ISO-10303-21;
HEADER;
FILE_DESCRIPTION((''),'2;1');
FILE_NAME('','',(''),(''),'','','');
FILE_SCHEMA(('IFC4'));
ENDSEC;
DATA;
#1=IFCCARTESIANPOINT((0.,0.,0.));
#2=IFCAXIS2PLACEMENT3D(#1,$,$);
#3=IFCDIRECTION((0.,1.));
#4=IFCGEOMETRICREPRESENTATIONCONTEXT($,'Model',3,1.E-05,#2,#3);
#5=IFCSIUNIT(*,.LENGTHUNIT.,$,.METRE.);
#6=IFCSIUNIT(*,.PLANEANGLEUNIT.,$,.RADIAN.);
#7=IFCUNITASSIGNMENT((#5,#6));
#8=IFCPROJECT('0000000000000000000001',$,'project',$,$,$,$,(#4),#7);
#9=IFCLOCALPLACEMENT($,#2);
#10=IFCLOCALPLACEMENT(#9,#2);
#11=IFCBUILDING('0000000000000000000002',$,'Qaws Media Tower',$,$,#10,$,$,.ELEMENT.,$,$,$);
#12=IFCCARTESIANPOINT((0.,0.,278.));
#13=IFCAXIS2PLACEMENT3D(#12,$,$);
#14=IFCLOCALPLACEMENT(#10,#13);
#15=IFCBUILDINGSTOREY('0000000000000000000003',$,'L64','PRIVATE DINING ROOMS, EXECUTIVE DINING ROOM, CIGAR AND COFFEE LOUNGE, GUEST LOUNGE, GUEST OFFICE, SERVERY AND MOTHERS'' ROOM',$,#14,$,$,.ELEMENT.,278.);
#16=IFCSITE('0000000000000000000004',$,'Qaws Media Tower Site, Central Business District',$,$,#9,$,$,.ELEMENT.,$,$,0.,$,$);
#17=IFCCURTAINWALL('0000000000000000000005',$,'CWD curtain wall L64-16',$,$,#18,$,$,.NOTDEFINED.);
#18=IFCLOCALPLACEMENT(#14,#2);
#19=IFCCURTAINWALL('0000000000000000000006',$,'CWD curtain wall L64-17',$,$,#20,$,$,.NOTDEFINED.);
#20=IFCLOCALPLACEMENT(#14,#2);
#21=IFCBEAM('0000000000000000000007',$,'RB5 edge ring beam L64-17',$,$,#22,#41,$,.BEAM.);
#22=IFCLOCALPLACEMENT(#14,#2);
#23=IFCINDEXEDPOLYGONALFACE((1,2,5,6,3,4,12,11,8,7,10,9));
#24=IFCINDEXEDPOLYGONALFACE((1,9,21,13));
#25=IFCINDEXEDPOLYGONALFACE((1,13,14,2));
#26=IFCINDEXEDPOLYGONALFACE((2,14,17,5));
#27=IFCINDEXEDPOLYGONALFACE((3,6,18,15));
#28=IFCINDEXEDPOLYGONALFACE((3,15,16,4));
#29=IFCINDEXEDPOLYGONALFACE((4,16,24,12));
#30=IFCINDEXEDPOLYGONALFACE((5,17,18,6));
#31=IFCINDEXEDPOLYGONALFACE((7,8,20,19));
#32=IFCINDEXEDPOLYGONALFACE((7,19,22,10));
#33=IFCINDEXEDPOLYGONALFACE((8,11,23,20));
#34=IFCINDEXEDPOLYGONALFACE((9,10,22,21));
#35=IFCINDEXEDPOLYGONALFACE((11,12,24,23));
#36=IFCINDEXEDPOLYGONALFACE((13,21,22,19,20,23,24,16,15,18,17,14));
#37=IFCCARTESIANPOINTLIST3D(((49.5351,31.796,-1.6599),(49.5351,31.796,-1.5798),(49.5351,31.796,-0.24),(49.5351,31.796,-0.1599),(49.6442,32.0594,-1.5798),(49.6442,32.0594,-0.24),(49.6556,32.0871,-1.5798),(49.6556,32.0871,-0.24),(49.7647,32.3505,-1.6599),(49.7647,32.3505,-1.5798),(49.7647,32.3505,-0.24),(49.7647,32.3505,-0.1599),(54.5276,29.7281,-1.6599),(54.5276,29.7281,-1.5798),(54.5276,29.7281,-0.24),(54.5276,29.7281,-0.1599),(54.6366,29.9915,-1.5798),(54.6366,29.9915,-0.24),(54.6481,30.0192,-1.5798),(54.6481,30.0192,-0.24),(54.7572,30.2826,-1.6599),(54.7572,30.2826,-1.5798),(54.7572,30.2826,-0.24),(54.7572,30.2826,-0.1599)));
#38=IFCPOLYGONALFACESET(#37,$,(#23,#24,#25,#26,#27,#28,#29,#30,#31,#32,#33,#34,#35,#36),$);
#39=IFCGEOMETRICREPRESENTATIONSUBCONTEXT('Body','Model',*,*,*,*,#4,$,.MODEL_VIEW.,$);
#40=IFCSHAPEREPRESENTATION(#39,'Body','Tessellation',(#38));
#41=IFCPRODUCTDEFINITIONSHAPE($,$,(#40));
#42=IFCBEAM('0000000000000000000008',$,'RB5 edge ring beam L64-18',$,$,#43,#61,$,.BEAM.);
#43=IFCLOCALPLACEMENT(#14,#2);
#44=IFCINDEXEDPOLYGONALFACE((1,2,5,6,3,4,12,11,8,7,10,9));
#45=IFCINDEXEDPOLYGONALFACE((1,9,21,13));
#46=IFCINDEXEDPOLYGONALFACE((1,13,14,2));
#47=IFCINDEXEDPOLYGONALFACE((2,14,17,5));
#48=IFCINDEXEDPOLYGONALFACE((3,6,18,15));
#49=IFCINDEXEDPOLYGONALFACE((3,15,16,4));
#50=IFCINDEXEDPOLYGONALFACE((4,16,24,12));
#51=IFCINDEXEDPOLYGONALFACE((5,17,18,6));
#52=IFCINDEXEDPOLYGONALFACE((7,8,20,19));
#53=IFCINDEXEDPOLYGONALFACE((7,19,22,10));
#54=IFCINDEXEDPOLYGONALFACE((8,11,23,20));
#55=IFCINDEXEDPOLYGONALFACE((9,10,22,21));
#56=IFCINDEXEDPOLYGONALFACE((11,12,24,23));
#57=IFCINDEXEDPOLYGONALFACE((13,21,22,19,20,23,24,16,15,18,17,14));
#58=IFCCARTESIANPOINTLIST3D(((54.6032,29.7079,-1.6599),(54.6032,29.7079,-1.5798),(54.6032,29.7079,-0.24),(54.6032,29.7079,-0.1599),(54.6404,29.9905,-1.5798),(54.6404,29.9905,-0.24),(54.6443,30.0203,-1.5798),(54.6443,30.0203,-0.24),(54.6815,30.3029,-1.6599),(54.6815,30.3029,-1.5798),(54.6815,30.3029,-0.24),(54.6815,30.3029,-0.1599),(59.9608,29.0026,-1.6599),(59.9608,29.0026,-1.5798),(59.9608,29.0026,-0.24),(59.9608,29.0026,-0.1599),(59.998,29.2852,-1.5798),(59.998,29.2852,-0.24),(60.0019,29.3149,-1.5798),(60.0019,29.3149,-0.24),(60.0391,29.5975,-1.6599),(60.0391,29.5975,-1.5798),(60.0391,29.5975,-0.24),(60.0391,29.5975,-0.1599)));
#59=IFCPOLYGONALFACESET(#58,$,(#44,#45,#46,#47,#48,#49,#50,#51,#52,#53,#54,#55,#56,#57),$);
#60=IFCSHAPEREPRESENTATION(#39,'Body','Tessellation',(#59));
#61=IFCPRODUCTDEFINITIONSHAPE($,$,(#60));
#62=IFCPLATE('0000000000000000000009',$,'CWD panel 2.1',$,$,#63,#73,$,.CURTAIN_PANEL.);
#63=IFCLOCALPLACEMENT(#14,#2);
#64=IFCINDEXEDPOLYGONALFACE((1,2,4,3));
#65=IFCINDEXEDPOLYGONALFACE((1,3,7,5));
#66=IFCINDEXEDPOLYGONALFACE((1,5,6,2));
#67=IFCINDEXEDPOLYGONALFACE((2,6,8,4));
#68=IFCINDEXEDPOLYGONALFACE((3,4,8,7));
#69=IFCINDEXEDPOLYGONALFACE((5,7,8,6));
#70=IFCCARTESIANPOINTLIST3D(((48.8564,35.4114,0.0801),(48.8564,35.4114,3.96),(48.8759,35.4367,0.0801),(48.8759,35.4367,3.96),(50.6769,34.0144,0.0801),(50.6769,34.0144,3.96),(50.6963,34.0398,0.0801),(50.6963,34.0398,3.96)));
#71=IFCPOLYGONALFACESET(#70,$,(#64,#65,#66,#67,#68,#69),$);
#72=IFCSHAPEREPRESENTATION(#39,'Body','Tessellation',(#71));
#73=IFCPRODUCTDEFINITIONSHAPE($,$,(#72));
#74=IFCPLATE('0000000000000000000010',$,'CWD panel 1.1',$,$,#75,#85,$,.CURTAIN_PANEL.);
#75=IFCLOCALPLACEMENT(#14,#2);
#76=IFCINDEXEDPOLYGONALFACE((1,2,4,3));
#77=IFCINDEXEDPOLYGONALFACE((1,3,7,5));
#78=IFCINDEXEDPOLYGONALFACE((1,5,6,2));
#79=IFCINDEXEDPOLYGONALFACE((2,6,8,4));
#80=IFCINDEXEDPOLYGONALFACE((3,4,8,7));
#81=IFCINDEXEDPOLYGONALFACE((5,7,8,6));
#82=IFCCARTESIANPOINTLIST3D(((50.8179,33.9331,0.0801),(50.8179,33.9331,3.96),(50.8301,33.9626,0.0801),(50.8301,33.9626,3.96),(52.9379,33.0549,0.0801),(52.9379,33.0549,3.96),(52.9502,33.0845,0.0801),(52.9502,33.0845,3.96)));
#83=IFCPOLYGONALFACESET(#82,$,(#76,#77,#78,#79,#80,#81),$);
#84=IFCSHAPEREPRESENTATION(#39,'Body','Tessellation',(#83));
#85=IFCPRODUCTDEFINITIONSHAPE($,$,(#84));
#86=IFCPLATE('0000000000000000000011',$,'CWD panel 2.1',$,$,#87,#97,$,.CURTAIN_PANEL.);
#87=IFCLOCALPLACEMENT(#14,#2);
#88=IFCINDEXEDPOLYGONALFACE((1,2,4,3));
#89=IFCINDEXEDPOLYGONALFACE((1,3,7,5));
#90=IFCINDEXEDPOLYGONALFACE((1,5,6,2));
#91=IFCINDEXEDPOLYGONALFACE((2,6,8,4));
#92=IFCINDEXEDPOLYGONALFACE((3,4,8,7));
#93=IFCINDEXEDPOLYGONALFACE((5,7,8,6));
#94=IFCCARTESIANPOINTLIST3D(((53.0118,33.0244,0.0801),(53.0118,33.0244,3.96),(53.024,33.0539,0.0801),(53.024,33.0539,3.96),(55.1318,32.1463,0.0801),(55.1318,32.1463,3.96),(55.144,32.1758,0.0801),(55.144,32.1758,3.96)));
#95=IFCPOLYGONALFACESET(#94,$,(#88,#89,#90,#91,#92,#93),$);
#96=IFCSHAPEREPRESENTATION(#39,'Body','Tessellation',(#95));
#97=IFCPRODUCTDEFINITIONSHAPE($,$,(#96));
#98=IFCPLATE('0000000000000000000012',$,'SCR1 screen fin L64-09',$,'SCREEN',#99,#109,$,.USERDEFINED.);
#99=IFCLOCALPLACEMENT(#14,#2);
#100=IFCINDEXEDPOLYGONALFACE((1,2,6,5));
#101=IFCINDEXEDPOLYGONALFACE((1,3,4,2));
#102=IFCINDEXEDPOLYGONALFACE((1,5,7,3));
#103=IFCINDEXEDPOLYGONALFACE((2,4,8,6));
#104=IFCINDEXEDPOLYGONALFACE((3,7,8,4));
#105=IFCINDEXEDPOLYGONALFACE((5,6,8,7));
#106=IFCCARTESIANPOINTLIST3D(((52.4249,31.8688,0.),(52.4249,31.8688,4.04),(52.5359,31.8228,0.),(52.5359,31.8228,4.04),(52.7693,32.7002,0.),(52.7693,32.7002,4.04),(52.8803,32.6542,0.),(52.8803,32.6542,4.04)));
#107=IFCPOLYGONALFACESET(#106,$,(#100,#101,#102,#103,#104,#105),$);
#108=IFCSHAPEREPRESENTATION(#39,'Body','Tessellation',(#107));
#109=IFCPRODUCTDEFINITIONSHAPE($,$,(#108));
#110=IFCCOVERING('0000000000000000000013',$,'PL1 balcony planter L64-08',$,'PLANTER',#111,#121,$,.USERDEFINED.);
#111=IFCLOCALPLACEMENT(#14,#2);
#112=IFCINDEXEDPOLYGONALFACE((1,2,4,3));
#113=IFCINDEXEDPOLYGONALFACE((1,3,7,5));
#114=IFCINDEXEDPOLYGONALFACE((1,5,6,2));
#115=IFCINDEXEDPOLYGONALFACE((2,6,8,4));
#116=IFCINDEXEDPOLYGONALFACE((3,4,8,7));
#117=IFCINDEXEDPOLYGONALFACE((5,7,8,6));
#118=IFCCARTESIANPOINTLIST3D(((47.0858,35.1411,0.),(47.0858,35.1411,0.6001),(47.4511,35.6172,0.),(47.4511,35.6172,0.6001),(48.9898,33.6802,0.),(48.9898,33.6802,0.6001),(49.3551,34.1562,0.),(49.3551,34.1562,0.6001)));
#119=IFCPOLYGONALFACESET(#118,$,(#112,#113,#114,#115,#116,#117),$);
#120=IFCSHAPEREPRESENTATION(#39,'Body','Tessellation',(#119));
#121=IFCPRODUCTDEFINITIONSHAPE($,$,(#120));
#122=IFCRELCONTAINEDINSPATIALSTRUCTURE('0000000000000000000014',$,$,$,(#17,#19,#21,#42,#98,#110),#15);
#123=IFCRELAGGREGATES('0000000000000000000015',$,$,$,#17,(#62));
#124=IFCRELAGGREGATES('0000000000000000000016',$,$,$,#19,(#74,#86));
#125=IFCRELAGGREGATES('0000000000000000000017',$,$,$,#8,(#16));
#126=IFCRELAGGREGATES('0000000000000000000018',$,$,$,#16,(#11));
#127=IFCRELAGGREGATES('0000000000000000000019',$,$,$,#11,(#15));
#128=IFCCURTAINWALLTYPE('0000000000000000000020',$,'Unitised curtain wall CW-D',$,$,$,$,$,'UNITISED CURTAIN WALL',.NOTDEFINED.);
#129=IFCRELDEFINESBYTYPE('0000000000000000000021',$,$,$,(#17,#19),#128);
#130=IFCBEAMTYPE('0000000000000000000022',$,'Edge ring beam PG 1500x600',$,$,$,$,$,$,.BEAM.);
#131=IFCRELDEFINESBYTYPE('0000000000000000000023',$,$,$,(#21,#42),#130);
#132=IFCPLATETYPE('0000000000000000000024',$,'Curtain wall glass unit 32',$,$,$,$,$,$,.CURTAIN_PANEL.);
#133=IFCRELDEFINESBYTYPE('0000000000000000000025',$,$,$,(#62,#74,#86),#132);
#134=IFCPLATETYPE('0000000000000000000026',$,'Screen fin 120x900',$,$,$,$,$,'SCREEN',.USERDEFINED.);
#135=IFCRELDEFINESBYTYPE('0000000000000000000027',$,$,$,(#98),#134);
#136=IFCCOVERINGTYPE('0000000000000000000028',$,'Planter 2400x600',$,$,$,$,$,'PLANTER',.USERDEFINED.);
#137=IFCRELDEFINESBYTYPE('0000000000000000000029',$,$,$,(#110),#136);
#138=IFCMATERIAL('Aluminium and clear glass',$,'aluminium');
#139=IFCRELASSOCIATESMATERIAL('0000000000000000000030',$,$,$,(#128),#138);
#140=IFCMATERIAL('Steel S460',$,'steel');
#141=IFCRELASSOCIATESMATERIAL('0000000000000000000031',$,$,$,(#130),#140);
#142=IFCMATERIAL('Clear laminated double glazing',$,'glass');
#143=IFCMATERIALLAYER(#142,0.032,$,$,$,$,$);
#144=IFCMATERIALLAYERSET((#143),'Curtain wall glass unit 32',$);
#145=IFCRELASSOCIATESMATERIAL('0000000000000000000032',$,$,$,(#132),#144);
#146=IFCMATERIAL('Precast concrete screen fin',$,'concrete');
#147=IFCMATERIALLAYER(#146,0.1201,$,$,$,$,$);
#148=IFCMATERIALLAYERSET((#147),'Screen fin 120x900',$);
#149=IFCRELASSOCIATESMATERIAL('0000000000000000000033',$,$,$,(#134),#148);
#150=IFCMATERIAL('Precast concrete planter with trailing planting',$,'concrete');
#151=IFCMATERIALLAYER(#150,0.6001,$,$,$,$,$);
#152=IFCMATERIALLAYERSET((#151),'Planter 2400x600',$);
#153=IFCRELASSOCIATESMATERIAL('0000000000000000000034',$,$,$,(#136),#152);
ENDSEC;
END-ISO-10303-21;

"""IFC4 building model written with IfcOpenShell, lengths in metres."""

from ifc_helpers import new_model, si_unit, direction, frame, origin, origin_2d, place, context, subcontext, project, spatial, rectangle, i_section, extrude, material, layer, layer_set, material_profile, profile_set, type_object, element, aggregate, save


model = new_model("IFC4")

# Units and contexts
model_context = context("Model", 3, precision=1e-05, world=origin(), true_north=direction((0.0, 1.0)))
body_context = subcontext(model_context, "Body", "Model", "MODEL_VIEW")
ifc_project = project(units=[si_unit("LENGTHUNIT", "METRE"), si_unit("PLANEANGLEUNIT", "RADIAN")], contexts=[model_context])

# Site, building, storey
site_placement = place(None, origin())
site = spatial("IfcSite", under=ifc_project, at=site_placement, Name="Qaws Media Tower Site, Central Business District", CompositionType="ELEMENT", RefElevation=0.0)
building_placement = place(site_placement, origin())
building = spatial("IfcBuilding", under=site, at=building_placement, Name="Qaws Media Tower", CompositionType="ELEMENT")
storey_placement = place(building_placement, frame((0.0, 0.0, 278.0)))
storey = spatial("IfcBuildingStorey", under=building, at=storey_placement, Name="L64", Description="PRIVATE DINING ROOMS, EXECUTIVE DINING ROOM, CIGAR AND COFFEE LOUNGE, GUEST LOUNGE, GUEST OFFICE, SERVERY AND MOTHERS' ROOM", CompositionType="ELEMENT", Elevation=278.0)

# Curtain walls
ifc_material_1 = material(Name="Aluminium and clear glass", Category="aluminium")
curtain_wall_type = type_object("IfcCurtainWallType", Name="Unitised curtain wall CW-D", ElementType="UNITISED CURTAIN WALL", PredefinedType="NOTDEFINED", material=ifc_material_1)
curtain_wall_1_placement = place(storey_placement, origin())
curtain_wall_1 = element("IfcCurtainWall", 1, at=curtain_wall_1_placement, inside=storey, type_object=curtain_wall_type, Name="CWD curtain wall L64-16", PredefinedType="NOTDEFINED")
curtain_wall_2_placement = place(storey_placement, origin())
curtain_wall_2 = element("IfcCurtainWall", 2, at=curtain_wall_2_placement, inside=storey, type_object=curtain_wall_type, Name="CWD curtain wall L64-17", PredefinedType="NOTDEFINED")

# Beams
ifc_material_2 = material(Name="Steel S460", Category="steel")
ifc_material_profile_1 = material_profile(ifc_material_2, i_section(OverallWidth=0.6001, OverallDepth=1.5, WebThickness=0.03, FlangeThickness=0.0801, at=origin_2d()), Name="PG 1500x600")
ifc_profile_set_1 = profile_set([ifc_material_profile_1], Name="Steel S460")
beam_type = type_object("IfcBeamType", Name="Edge ring beam PG 1500x600", PredefinedType="BEAM", material=ifc_profile_set_1)
for number, where, z_axis, x_axis, name in (
    (3, (49.6499, 32.0732, -0.9099), (0.923884, -0.382674, 0.0), (0.382674, 0.923884, 0.0), "RB5 edge ring beam L64-17"),
    (4, (54.6423, 30.0054, -0.9099), (0.991446, -0.130521, 0.0), (0.130521, 0.991446, 0.0), "RB5 edge ring beam L64-18"),
):
    element("IfcBeam", number, at=place(storey_placement, frame(where, z_axis=z_axis, x_axis=x_axis)), inside=storey, type_object=beam_type, Name=name, PredefinedType="BEAM", context=body_context, shape_type="SweptSolid", body=[
        extrude(i_section(OverallWidth=0.6001, OverallDepth=1.5, WebThickness=0.03, FlangeThickness=0.0801, at=origin_2d()), origin(), (0.0, 0.0, 1.0), 5.4038),
    ])

# Plates
ifc_material_3 = material(Name="Clear laminated double glazing", Category="glass")
ifc_layer_1 = layer(ifc_material_3, 0.032)
ifc_layer_set_1 = layer_set([ifc_layer_1], Name="Curtain wall glass unit 32")
plate_type_1 = type_object("IfcPlateType", Name="Curtain wall glass unit 32", PredefinedType="CURTAIN_PANEL", material=ifc_layer_set_1)
plate_1_placement = place(storey_placement, frame((49.7764, 34.7256, 0.0801), z_axis=(0.0, 0.0, 1.0), x_axis=(0.793353, -0.608762, 0.0)))
plate_1 = element("IfcPlate", 5, at=plate_1_placement, type_object=plate_type_1, Name="CWD panel 2.1", PredefinedType="CURTAIN_PANEL", context=body_context, shape_type="SweptSolid", body=[
    extrude(rectangle(XDim=2.2947, YDim=0.032, at=origin_2d()), origin(), (0.0, 0.0, 1.0), 3.8799),
])
aggregate(curtain_wall_1, [plate_1])
plate_2_placement = place(storey_placement, frame((51.884, 33.5088, 0.0801), z_axis=(0.0, 0.0, 1.0), x_axis=(0.92388, -0.382683, 0.0)))
plate_2 = element("IfcPlate", 6, at=plate_2_placement, type_object=plate_type_1, Name="CWD panel 1.1", PredefinedType="CURTAIN_PANEL", context=body_context, shape_type="SweptSolid", body=[
    extrude(rectangle(XDim=2.2947, YDim=0.032, at=origin_2d()), origin(), (0.0, 0.0, 1.0), 3.8799),
])
plate_3_placement = place(storey_placement, frame((54.0779, 32.6001, 0.0801), z_axis=(0.0, 0.0, 1.0), x_axis=(0.92388, -0.382683, 0.0)))
plate_3 = element("IfcPlate", 7, at=plate_3_placement, type_object=plate_type_1, Name="CWD panel 2.1", PredefinedType="CURTAIN_PANEL", context=body_context, shape_type="SweptSolid", body=[
    extrude(rectangle(XDim=2.2947, YDim=0.032, at=origin_2d()), origin(), (0.0, 0.0, 1.0), 3.8799),
])
aggregate(curtain_wall_2, [plate_2, plate_3])
ifc_material_4 = material(Name="Precast concrete screen fin", Category="concrete")
ifc_layer_2 = layer(ifc_material_4, 0.1201)
ifc_layer_set_2 = layer_set([ifc_layer_2], Name="Screen fin 120x900")
plate_type_2 = type_object("IfcPlateType", Name="Screen fin 120x900", ElementType="SCREEN", PredefinedType="USERDEFINED", material=ifc_layer_set_2)
plate_4_placement = place(storey_placement, frame((52.6526, 32.2615, 0.0), z_axis=(0.0, 0.0, 1.0), x_axis=(-0.382683, -0.92388, 0.0)))
element("IfcPlate", 8, at=plate_4_placement, inside=storey, type_object=plate_type_2, Name="SCR1 screen fin L64-09", ObjectType="SCREEN", PredefinedType="USERDEFINED", context=body_context, shape_type="SweptSolid", body=[
    extrude(rectangle(XDim=0.8999, YDim=0.1201, at=origin_2d()), origin(), (0.0, 0.0, 1.0), 4.04),
])

# Covering
ifc_material_5 = material(Name="Precast concrete planter with trailing planting", Category="concrete")
ifc_layer_3 = layer(ifc_material_5, 0.6001)
ifc_layer_set_3 = layer_set([ifc_layer_3], Name="Planter 2400x600")
covering_type = type_object("IfcCoveringType", Name="Planter 2400x600", ElementType="PLANTER", PredefinedType="USERDEFINED", material=ifc_layer_set_3)
covering_placement = place(storey_placement, frame((48.2205, 34.6487, 0.0), z_axis=(0.0, 0.0, 1.0), x_axis=(0.793353, -0.608761, 0.0)))
element("IfcCovering", 9, at=covering_placement, inside=storey, type_object=covering_type, Name="PL1 balcony planter L64-08", ObjectType="PLANTER", PredefinedType="USERDEFINED", context=body_context, shape_type="SweptSolid", body=[
    extrude(rectangle(XDim=2.3999, YDim=0.6001, at=origin_2d()), origin(), (0.0, 0.0, 1.0), 0.6001),
])

save(model, "model.ifc")
